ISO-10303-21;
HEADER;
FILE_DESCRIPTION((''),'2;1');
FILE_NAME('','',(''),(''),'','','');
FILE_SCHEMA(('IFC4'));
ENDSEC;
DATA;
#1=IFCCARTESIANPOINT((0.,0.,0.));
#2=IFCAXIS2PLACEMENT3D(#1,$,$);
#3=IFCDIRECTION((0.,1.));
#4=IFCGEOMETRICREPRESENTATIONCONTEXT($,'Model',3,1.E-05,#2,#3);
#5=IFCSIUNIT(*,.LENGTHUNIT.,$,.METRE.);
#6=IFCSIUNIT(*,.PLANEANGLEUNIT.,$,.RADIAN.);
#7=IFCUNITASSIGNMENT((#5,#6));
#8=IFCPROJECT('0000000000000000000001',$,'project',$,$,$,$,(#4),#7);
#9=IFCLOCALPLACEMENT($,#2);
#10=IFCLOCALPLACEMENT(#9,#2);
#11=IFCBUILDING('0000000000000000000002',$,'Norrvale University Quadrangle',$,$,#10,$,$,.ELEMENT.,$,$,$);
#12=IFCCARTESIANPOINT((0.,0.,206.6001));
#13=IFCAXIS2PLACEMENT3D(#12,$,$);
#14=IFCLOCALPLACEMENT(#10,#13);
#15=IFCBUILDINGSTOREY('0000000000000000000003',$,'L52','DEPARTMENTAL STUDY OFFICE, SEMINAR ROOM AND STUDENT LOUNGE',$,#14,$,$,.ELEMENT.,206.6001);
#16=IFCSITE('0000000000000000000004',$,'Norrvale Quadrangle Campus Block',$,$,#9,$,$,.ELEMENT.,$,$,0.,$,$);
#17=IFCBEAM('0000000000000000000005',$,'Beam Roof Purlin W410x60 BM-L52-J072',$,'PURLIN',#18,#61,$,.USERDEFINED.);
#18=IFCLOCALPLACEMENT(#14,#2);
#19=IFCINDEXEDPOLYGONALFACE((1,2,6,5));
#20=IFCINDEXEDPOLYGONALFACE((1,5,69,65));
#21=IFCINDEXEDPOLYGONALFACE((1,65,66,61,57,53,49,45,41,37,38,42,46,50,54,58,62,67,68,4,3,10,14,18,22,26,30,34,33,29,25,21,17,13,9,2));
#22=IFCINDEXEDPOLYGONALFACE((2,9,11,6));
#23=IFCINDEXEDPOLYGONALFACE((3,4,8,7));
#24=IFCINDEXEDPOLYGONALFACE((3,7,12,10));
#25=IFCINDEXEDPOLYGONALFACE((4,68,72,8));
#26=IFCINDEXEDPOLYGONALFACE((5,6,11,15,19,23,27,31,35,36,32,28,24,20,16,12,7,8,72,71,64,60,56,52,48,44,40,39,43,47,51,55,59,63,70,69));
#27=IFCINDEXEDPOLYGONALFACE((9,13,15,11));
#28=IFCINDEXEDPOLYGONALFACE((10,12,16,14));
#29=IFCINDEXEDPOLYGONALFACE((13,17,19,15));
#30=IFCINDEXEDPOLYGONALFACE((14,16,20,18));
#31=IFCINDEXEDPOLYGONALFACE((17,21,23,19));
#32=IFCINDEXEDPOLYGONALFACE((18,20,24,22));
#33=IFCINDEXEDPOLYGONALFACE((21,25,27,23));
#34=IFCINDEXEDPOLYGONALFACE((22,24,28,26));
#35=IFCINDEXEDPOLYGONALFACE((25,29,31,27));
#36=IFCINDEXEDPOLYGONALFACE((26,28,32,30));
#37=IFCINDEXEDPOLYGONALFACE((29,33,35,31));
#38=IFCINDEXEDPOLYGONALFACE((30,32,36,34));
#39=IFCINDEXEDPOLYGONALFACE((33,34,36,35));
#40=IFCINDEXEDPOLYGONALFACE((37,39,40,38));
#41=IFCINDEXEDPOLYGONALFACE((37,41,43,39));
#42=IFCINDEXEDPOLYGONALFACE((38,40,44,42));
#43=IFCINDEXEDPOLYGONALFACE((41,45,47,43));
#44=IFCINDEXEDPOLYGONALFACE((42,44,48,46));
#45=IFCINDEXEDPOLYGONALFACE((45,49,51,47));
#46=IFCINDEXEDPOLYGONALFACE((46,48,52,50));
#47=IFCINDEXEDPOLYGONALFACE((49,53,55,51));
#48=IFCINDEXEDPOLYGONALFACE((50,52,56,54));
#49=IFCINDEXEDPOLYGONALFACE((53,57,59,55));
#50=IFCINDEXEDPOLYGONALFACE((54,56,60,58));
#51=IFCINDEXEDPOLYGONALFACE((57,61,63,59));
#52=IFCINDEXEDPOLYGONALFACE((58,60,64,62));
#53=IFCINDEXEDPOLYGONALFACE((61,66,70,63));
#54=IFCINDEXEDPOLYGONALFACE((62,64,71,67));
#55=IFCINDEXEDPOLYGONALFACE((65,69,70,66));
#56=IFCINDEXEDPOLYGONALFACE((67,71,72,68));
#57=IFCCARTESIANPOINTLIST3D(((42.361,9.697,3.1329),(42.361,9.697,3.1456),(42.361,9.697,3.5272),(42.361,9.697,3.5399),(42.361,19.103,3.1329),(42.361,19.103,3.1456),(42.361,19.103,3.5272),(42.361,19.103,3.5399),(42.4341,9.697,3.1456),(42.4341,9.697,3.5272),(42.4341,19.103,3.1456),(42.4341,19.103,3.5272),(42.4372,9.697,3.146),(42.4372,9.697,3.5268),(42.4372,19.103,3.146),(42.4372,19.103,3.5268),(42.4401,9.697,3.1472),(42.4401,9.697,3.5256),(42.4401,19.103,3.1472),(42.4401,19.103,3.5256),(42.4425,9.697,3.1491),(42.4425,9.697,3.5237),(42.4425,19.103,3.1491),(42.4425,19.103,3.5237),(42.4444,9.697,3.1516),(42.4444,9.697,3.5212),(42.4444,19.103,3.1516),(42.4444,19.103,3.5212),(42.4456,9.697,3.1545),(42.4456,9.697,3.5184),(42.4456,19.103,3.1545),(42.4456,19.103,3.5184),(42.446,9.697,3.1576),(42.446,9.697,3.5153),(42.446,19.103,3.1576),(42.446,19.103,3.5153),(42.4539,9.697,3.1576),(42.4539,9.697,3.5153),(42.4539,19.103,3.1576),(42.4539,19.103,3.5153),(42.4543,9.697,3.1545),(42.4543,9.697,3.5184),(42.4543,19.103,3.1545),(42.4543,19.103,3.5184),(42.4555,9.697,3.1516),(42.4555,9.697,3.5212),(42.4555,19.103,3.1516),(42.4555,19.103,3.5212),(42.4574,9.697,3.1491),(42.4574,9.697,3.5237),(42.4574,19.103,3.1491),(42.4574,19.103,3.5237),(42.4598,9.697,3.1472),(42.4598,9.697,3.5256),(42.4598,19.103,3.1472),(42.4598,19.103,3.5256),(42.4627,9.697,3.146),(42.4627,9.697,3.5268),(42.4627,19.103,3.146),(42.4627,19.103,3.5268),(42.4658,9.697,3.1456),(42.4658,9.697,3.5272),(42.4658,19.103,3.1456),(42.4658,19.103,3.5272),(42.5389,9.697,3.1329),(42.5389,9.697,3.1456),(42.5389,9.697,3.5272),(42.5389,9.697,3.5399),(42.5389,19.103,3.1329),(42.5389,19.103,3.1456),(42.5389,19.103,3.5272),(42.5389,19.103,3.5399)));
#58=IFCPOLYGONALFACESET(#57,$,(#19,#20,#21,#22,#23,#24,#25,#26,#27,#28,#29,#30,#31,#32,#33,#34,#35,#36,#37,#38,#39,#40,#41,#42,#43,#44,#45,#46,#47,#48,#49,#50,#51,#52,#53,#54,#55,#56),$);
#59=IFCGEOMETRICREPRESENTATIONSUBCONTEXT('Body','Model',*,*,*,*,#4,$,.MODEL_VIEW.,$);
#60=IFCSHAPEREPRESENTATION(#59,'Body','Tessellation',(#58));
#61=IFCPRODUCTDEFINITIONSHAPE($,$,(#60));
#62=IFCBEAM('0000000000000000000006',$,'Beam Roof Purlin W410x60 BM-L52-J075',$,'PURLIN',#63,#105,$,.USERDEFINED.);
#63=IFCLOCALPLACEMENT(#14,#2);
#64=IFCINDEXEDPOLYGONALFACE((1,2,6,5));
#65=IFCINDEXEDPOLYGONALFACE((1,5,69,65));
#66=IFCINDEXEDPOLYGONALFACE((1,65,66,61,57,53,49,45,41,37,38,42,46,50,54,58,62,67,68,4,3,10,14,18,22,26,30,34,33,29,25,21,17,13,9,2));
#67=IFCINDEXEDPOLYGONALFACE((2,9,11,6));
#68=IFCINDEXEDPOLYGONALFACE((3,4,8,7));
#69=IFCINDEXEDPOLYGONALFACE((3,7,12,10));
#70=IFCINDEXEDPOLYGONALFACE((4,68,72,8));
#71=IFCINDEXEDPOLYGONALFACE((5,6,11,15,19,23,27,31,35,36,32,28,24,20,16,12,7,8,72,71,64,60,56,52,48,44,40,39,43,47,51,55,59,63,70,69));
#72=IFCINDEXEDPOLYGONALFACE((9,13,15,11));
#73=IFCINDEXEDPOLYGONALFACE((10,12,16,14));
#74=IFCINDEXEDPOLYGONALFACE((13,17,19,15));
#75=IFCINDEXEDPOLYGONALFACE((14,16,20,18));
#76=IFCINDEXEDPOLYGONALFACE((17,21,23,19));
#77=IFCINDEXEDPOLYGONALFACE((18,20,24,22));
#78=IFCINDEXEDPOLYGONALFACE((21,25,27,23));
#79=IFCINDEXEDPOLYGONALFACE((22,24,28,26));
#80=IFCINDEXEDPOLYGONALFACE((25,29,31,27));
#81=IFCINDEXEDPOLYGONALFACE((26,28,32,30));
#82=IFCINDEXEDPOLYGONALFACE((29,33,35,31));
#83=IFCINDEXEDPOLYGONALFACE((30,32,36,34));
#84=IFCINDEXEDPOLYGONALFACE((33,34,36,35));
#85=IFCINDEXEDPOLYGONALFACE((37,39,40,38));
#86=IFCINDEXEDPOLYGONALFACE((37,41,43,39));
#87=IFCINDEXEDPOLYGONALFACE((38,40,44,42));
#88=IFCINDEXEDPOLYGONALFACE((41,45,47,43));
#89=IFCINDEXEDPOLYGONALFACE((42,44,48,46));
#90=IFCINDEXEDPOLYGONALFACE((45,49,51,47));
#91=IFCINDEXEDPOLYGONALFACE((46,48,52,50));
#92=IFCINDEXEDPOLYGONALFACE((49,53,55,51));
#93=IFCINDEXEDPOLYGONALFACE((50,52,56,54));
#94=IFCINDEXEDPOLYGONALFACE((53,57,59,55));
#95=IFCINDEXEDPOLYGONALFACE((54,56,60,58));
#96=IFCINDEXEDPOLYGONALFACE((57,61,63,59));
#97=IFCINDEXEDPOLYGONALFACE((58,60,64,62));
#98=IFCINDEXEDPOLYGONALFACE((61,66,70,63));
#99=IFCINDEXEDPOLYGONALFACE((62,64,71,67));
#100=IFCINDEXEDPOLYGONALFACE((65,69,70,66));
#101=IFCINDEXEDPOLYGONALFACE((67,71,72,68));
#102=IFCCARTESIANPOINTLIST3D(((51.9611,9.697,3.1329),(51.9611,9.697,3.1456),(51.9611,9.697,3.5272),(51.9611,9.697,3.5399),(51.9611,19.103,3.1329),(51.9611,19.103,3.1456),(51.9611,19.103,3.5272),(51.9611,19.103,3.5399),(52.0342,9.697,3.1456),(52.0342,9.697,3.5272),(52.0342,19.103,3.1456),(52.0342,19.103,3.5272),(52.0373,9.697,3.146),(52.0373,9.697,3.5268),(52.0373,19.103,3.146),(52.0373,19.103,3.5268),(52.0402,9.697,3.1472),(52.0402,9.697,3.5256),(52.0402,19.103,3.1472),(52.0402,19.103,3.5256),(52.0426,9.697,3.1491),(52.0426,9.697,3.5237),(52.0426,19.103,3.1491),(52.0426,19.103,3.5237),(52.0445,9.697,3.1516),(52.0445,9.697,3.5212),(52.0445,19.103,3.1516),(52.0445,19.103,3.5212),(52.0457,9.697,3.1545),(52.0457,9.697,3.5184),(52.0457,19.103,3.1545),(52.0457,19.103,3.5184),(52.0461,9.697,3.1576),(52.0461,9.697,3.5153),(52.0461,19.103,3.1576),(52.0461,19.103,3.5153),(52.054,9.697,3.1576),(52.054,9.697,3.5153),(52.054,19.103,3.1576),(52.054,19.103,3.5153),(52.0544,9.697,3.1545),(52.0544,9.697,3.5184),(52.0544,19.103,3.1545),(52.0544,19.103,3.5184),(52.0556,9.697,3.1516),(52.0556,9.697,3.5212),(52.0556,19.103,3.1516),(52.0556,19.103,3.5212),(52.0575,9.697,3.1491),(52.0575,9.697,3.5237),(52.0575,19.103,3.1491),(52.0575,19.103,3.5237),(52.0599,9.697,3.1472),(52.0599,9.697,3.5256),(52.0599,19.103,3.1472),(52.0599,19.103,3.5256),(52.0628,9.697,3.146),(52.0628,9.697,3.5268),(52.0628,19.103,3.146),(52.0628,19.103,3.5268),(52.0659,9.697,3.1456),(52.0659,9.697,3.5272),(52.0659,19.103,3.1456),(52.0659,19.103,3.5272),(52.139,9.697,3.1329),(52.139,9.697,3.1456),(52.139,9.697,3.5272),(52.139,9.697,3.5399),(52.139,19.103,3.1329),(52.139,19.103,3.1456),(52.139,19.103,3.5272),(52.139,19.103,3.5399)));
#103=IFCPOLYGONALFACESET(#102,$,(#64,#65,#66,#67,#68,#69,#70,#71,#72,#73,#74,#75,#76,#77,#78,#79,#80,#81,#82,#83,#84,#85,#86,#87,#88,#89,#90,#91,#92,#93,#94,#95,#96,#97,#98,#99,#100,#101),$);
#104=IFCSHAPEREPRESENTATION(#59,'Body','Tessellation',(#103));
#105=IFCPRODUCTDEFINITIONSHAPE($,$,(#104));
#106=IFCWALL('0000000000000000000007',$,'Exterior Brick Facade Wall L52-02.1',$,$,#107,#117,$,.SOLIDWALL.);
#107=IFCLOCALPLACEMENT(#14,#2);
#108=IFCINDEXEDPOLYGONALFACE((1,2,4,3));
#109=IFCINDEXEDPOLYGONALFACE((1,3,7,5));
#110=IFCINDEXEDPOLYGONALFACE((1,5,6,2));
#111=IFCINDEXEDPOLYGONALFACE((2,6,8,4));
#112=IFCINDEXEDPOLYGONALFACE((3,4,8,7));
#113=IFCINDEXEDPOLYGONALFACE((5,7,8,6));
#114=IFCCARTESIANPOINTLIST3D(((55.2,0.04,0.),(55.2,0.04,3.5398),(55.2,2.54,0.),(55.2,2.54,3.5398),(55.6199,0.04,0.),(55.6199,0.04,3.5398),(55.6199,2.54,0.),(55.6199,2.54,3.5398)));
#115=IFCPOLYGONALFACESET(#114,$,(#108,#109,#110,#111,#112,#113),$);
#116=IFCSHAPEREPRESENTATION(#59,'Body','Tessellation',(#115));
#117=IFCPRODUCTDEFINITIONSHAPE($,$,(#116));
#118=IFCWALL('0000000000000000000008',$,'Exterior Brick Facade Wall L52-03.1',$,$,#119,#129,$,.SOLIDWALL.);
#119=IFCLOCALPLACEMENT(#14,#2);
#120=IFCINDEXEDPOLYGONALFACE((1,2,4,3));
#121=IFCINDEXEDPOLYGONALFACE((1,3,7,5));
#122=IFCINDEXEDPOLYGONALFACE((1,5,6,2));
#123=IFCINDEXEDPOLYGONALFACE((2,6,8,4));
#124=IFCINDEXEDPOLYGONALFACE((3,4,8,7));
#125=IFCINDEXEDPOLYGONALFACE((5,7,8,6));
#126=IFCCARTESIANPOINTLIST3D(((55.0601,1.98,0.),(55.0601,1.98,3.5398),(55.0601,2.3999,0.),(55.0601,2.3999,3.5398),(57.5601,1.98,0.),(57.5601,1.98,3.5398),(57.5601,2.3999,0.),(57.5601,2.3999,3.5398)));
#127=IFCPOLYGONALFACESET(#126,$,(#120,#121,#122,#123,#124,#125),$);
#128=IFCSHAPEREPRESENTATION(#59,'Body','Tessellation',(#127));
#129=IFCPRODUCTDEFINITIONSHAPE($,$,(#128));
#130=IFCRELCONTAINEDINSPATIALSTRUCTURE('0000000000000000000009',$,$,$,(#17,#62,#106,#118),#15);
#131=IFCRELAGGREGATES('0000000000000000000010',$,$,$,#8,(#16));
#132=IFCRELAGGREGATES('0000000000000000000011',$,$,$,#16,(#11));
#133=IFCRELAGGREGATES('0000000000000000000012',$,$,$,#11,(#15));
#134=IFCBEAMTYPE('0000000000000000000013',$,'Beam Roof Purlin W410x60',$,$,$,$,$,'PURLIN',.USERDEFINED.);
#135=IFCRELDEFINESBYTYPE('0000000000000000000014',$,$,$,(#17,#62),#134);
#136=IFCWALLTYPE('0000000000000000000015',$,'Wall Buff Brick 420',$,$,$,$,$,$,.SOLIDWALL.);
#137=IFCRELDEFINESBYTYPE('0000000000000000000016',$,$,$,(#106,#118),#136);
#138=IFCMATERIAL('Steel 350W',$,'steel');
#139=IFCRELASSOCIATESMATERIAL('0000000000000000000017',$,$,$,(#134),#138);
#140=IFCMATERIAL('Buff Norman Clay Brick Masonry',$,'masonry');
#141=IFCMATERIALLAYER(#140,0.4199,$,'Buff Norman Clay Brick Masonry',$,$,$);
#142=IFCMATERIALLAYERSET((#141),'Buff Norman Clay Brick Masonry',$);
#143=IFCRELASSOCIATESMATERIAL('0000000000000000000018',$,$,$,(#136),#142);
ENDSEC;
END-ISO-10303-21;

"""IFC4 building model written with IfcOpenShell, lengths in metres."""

from ifc_helpers import new_model, si_unit, direction, frame, frame_2d, origin, origin_2d, place, context, subcontext, project, spatial, rectangle, i_section, extrude, material, layer, layer_set, material_profile, profile_set, type_object, element, save


model = new_model("IFC4")

# Units and contexts
model_context = context("Model", 3, precision=1e-05, world=origin(), true_north=direction((0.0, 1.0)))
body_context = subcontext(model_context, "Body", "Model", "MODEL_VIEW")
ifc_project = project(units=[si_unit("LENGTHUNIT", "METRE"), si_unit("PLANEANGLEUNIT", "RADIAN")], contexts=[model_context])

# Site, building, storey
site_placement = place(None, origin())
site = spatial("IfcSite", under=ifc_project, at=site_placement, Name="Norrvale Quadrangle Campus Block", CompositionType="ELEMENT", RefElevation=0.0)
building_placement = place(site_placement, origin())
building = spatial("IfcBuilding", under=site, at=building_placement, Name="Norrvale University Quadrangle", CompositionType="ELEMENT")
storey_placement = place(building_placement, frame((0.0, 0.0, 206.6001)))
storey = spatial("IfcBuildingStorey", under=building, at=storey_placement, Name="L52", Description="DEPARTMENTAL STUDY OFFICE, SEMINAR ROOM AND STUDENT LOUNGE", CompositionType="ELEMENT", Elevation=206.6001)

# Beams
ifc_material_1 = material(Name="Steel 350W", Category="steel")
ifc_material_profile_1 = material_profile(ifc_material_1, i_section(OverallWidth=0.178, OverallDepth=0.407, WebThickness=0.0078, FlangeThickness=0.0127, FilletRadius=0.012, at=origin_2d()), Name="Steel 350W")
ifc_profile_set_1 = profile_set([ifc_material_profile_1], Name="Steel 350W")
beam_type_1 = type_object("IfcBeamType", Name="Beam Roof Purlin W410x60", ElementType="PURLIN", PredefinedType="USERDEFINED", material=ifc_profile_set_1)
for number, where, z_axis, x_axis, name in (
    (1, (42.45, 9.697, 3.3364), (0.0, 1.0, 0.0), (-1.0, 0.0, 0.0), "Beam Roof Purlin W410x60 BM-L52-J072"),
    (2, (52.05, 9.697, 3.3364), (0.0, 1.0, 0.0), (-1.0, 0.0, 0.0), "Beam Roof Purlin W410x60 BM-L52-J075"),
):
    element("IfcBeam", number, at=place(storey_placement, frame(where, z_axis=z_axis, x_axis=x_axis)), inside=storey, type_object=beam_type_1, Name=name, ObjectType="PURLIN", PredefinedType="USERDEFINED", context=body_context, shape_type="SweptSolid", body=[
        extrude(i_section(OverallWidth=0.178, OverallDepth=0.407, WebThickness=0.0078, FlangeThickness=0.0127, FilletRadius=0.012, at=origin_2d()), origin(), (0.0, 0.0, 1.0), 9.406),
    ])

# Walls
ifc_material_2 = material(Name="Buff Norman Clay Brick Masonry", Category="masonry")
ifc_layer_1 = layer(ifc_material_2, 0.4199, Name="Buff Norman Clay Brick Masonry")
ifc_layer_set_1 = layer_set([ifc_layer_1], Name="Buff Norman Clay Brick Masonry")
wall_type_1 = type_object("IfcWallType", Name="Wall Buff Brick 420", PredefinedType="SOLIDWALL", material=ifc_layer_set_1)
for number, where, z_axis, x_axis, name in (
    (3, (55.4099, 0.04, 0.0), (0.0, 0.0, 1.0), (0.0, 1.0, 0.0), "Exterior Brick Facade Wall L52-02.1"),
    (4, (55.0601, 2.1899, 0.0), (0.0, 0.0, 1.0), (1.0, 0.0, 0.0), "Exterior Brick Facade Wall L52-03.1"),
):
    element("IfcWall", number, at=place(storey_placement, frame(where, z_axis=z_axis, x_axis=x_axis)), inside=storey, type_object=wall_type_1, Name=name, PredefinedType="SOLIDWALL", context=body_context, shape_type="SweptSolid", body=[
        extrude(rectangle(XDim=2.5, YDim=0.4199, at=frame_2d((1.25, 0.0))), origin(), (0.0, 0.0, 1.0), 3.5398),
    ])

save(model, "model.ifc")
